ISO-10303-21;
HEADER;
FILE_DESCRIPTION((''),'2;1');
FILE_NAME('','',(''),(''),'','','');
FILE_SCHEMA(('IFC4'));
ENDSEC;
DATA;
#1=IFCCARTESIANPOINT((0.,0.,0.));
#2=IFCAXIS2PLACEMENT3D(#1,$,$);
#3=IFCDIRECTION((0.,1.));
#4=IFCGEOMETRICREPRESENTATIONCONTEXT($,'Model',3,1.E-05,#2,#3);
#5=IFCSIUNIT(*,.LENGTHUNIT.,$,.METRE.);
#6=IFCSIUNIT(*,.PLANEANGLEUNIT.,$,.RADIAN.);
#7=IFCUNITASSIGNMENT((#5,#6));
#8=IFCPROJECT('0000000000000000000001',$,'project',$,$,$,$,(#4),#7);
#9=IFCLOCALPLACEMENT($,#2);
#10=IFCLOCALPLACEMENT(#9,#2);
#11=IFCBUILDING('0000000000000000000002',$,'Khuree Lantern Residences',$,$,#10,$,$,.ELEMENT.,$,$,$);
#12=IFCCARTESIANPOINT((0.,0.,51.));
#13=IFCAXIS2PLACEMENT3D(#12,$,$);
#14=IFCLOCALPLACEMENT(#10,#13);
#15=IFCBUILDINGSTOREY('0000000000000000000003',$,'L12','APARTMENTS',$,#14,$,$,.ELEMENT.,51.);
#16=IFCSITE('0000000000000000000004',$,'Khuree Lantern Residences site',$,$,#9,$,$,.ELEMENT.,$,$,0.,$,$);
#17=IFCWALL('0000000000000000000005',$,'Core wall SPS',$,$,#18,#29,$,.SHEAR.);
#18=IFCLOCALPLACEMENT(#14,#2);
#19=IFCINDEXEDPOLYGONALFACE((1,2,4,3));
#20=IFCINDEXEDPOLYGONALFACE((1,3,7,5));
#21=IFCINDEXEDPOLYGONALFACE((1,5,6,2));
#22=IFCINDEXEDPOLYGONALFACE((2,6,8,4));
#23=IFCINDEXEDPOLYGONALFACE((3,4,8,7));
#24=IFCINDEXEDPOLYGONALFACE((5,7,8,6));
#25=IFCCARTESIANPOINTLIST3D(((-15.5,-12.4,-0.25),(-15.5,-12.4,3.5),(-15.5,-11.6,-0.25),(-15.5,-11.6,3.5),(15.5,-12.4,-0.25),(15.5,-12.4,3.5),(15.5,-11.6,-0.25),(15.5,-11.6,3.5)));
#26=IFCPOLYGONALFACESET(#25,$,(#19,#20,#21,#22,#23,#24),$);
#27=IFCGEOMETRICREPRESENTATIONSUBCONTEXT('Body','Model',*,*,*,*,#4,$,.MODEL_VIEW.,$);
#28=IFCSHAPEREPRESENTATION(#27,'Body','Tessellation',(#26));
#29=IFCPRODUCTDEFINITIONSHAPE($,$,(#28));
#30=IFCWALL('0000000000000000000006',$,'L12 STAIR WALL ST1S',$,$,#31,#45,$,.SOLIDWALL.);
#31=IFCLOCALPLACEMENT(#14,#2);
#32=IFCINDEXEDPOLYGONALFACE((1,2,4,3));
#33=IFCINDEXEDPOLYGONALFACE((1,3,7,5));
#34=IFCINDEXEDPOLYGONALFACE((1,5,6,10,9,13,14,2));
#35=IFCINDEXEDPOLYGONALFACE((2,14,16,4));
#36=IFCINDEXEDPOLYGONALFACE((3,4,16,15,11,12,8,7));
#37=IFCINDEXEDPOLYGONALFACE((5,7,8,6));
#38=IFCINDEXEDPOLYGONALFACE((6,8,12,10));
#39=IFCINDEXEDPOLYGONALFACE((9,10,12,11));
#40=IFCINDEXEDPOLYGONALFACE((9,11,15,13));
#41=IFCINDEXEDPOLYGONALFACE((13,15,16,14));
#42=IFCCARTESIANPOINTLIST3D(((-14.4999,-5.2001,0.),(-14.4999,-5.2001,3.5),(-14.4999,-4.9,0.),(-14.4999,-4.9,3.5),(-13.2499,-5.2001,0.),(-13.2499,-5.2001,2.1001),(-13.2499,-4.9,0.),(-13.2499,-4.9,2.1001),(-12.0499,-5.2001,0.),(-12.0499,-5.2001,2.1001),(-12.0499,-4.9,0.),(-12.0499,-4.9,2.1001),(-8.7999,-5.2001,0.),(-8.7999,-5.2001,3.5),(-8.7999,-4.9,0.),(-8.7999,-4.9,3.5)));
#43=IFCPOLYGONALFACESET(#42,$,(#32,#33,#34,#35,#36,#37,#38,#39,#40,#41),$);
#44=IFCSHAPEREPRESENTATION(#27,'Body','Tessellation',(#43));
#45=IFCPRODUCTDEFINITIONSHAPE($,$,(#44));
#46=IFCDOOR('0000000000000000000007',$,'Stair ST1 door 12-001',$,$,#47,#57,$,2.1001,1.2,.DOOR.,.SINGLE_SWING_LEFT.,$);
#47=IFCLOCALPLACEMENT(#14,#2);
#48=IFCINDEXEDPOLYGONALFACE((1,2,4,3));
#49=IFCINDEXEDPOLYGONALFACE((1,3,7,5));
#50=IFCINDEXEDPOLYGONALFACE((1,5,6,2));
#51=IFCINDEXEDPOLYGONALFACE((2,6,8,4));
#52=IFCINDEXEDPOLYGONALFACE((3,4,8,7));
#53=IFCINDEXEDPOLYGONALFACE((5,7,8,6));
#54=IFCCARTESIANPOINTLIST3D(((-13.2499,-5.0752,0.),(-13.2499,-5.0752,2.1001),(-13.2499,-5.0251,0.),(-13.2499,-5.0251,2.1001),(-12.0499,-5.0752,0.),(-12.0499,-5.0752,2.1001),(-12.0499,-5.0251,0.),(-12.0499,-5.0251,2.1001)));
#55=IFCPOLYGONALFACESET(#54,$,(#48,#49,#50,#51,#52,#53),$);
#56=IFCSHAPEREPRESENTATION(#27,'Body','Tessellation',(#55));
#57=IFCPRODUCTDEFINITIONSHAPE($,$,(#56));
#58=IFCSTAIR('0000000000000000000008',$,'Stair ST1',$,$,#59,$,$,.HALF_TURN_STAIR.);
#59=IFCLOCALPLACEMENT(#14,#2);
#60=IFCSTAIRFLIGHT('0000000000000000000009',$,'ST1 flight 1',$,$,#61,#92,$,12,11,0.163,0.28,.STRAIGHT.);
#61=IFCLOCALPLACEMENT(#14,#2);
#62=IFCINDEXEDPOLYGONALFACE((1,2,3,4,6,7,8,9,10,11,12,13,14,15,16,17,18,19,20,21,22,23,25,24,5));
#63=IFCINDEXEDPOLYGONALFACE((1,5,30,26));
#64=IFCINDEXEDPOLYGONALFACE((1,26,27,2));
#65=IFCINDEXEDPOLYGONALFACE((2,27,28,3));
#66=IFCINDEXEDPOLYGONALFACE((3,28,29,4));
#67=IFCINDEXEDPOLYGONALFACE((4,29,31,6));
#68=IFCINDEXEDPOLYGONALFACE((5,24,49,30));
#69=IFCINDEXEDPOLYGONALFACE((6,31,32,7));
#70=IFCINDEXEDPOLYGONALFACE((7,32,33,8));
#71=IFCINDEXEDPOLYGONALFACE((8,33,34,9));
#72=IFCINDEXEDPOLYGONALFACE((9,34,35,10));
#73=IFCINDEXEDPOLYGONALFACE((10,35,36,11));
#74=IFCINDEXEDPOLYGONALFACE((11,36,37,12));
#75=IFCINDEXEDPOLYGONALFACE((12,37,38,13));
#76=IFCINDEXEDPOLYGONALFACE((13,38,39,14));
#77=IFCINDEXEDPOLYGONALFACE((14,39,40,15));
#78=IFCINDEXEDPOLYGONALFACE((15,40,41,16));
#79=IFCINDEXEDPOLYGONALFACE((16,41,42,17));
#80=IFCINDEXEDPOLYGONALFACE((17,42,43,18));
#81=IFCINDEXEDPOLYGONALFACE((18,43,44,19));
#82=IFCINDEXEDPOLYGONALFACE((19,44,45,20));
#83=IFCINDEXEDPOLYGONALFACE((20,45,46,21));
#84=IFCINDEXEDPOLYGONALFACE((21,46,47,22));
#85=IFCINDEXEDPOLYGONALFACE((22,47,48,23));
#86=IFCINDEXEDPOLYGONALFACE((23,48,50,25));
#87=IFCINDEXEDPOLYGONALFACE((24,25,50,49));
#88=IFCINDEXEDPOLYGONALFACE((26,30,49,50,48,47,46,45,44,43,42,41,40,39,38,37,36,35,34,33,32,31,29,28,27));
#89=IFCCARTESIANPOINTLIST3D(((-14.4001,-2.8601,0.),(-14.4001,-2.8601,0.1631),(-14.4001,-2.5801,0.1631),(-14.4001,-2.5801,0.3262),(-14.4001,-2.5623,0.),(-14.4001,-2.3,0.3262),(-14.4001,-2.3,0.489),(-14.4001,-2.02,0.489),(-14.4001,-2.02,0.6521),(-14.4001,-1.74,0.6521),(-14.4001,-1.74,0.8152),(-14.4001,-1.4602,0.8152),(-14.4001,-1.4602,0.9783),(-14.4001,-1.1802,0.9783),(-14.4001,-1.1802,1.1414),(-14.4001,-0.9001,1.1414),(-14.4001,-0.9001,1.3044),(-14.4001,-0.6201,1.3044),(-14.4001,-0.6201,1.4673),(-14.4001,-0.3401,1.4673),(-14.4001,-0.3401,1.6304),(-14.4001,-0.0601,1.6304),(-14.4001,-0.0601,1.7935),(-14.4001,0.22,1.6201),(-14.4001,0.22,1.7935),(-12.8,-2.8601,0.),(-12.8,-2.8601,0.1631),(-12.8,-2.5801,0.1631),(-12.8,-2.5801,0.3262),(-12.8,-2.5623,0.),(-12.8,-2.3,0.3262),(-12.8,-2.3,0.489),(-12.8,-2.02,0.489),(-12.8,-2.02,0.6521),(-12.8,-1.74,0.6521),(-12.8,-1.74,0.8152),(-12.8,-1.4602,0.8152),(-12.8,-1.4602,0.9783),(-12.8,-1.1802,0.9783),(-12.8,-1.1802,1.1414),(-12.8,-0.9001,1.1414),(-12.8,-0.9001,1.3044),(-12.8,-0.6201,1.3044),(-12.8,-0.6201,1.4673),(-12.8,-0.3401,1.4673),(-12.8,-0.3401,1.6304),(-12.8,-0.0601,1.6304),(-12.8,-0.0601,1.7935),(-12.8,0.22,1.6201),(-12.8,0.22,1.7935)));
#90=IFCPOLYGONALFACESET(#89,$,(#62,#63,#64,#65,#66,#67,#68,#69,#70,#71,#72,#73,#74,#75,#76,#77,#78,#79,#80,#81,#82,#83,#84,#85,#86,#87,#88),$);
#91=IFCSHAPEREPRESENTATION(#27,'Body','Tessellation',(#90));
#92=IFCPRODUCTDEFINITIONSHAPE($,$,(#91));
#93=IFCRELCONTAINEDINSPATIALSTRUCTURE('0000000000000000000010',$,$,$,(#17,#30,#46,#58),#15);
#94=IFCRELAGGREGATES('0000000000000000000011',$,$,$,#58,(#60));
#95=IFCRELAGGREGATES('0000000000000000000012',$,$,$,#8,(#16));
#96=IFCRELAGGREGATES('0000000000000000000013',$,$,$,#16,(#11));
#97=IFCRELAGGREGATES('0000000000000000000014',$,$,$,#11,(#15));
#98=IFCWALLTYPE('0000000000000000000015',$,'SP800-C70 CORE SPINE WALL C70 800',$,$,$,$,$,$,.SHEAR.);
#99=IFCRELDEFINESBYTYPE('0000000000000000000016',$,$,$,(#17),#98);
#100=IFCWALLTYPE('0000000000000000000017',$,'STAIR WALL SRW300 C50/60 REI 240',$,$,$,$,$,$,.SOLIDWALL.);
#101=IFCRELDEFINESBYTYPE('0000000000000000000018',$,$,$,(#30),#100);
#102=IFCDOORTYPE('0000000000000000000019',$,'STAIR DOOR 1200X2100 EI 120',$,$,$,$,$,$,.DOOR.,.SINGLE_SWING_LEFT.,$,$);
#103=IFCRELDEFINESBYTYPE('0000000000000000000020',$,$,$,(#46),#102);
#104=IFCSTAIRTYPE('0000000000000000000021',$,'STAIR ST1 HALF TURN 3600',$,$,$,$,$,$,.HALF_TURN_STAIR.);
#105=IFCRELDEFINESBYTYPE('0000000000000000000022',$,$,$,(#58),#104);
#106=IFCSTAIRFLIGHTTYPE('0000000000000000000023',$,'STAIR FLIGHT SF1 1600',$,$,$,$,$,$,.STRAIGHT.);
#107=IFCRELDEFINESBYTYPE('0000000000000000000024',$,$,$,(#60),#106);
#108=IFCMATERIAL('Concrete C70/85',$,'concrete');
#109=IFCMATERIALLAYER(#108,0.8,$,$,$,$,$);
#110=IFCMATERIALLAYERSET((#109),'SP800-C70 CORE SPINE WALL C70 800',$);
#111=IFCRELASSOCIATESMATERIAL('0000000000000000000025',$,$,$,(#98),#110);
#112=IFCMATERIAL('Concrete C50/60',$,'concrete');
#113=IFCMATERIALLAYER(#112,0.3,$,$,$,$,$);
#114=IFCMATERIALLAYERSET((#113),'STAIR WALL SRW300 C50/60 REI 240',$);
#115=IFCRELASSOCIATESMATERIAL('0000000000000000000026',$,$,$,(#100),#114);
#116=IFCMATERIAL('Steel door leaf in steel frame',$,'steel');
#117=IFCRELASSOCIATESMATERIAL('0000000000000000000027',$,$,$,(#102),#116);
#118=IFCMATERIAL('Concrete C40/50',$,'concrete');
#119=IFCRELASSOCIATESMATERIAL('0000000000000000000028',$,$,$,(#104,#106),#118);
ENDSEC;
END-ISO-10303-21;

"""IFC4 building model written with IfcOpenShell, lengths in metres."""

from ifc_helpers import new_model, si_unit, direction, frame, frame_2d, origin, place, context, subcontext, project, spatial, polyline, rectangle, outline, extrude, material, layer, layer_set, type_object, element, fill, aggregate, save


model = new_model("IFC4")

# Units and contexts
model_context = context("Model", 3, precision=1e-05, world=origin(), true_north=direction((0.0, 1.0)))
body_context = subcontext(model_context, "Body", "Model", "MODEL_VIEW")
ifc_project = project(units=[si_unit("LENGTHUNIT", "METRE"), si_unit("PLANEANGLEUNIT", "RADIAN")], contexts=[model_context])

# Site, building, storey
site_placement = place(None, origin())
site = spatial("IfcSite", under=ifc_project, at=site_placement, Name="Khuree Lantern Residences site", CompositionType="ELEMENT", RefElevation=0.0)
building_placement = place(site_placement, origin())
building = spatial("IfcBuilding", under=site, at=building_placement, Name="Khuree Lantern Residences", CompositionType="ELEMENT")
storey_placement = place(building_placement, frame((0.0, 0.0, 51.0)))
storey = spatial("IfcBuildingStorey", under=building, at=storey_placement, Name="L12", Description="APARTMENTS", CompositionType="ELEMENT", Elevation=51.0)

# Shared definitions
ifc_material_1 = material(Name="Concrete C70/85", Category="concrete")
ifc_material_2 = material(Name="Steel door leaf in steel frame", Category="steel")

# Wall
ifc_layer_1 = layer(ifc_material_1, 0.8)
ifc_layer_set_1 = layer_set([ifc_layer_1], Name="SP800-C70 CORE SPINE WALL C70 800")
wall_type_1 = type_object("IfcWallType", Name="SP800-C70 CORE SPINE WALL C70 800", PredefinedType="SHEAR", material=ifc_layer_set_1)
wall_1_placement = place(storey_placement, frame((-15.5, -12.0, -0.25), z_axis=(0.0, 0.0, 1.0), x_axis=(1.0, 0.0, 0.0)))
element("IfcWall", 1, at=wall_1_placement, inside=storey, type_object=wall_type_1, Name="Core wall SPS", PredefinedType="SHEAR", context=body_context, shape_type="SweptSolid", body=[
    extrude(rectangle(XDim=31.0, YDim=0.8, at=frame_2d((15.5, 0.0))), origin(), (0.0, 0.0, 1.0), 3.75),
])

# Wall, opening, door
ifc_material_3 = material(Name="Concrete C50/60", Category="concrete")
ifc_layer_2 = layer(ifc_material_3, 0.3)
ifc_layer_set_2 = layer_set([ifc_layer_2], Name="STAIR WALL SRW300 C50/60 REI 240")
wall_type_2 = type_object("IfcWallType", Name="STAIR WALL SRW300 C50/60 REI 240", PredefinedType="SOLIDWALL", material=ifc_layer_set_2)
wall_2_placement = place(storey_placement, frame((-14.5, -5.05, 0.0), z_axis=(0.0, 0.0, 1.0), x_axis=(1.0, 0.0, 0.0)))
wall_2 = element("IfcWall", 2, at=wall_2_placement, inside=storey, type_object=wall_type_2, Name="L12 STAIR WALL ST1S", PredefinedType="SOLIDWALL", context=body_context, shape_type="SweptSolid", body=[
    extrude(rectangle(XDim=5.7, YDim=0.3, at=frame_2d((2.8501, 0.0))), origin(), (0.0, 0.0, 1.0), 3.5),
])
opening_1_placement = place(wall_2_placement, frame((1.25, 0.0, 0.0)))
opening_1 = element("IfcOpeningElement", 3, at=opening_1_placement, cuts=wall_2, PredefinedType="OPENING", context=body_context, shape_type="SweptSolid", body=[
    extrude(rectangle(XDim=1.2, YDim=2.1001, at=frame_2d((0.6001, 1.05))), frame((0.0, 0.1602, 0.0), z_axis=(0.0, -1.0, 0.0), x_axis=(1.0, 0.0, 0.0)), (0.0, 0.0, 1.0), 0.3201),
])
door_type_1 = type_object("IfcDoorType", Name="STAIR DOOR 1200X2100 EI 120", OperationType="SINGLE_SWING_LEFT", PredefinedType="DOOR", material=ifc_material_2)
door_1_placement = place(opening_1_placement, origin())
door_1 = element("IfcDoor", 4, at=door_1_placement, inside=storey, type_object=door_type_1, Name="Stair ST1 door 12-001", OperationType="SINGLE_SWING_LEFT", OverallHeight=2.1001, OverallWidth=1.2, PredefinedType="DOOR", context=body_context, shape_type="SweptSolid", body=[
    extrude(rectangle(XDim=1.2, YDim=2.1001, at=frame_2d((0.6001, 1.05))), frame((0.0, 0.0249, 0.0), z_axis=(0.0, -1.0, 0.0), x_axis=(1.0, 0.0, 0.0)), (0.0, 0.0, 1.0), 0.05),
])
fill(opening_1, door_1)

# Stair, stair flight
ifc_material_4 = material(Name="Concrete C40/50", Category="concrete")
stair_type = type_object("IfcStairType", Name="STAIR ST1 HALF TURN 3600", PredefinedType="HALF_TURN_STAIR", material=ifc_material_4)
stair_placement = place(storey_placement, origin())
stair = element("IfcStair", 5, at=stair_placement, inside=storey, type_object=stair_type, Name="Stair ST1", PredefinedType="HALF_TURN_STAIR")
stair_flight_type = type_object("IfcStairFlightType", Name="STAIR FLIGHT SF1 1600", PredefinedType="STRAIGHT", material=ifc_material_4)
stair_flight_placement = place(storey_placement, frame((-13.6001, -2.8601, 0.0), z_axis=(0.0, 0.0, 1.0), x_axis=(0.0, 1.0, 0.0)))
stair_flight = element("IfcStairFlight", 6, at=stair_flight_placement, type_object=stair_flight_type, Name="ST1 flight 1", NumberOfRisers=12, NumberOfTreads=11, PredefinedType="STRAIGHT", RiserHeight=0.163, TreadLength=0.28, context=body_context, shape_type="SweptSolid", body=[
    extrude(outline(polyline([(0.0, 0.0), (0.0, 0.1631), (0.28, 0.1631), (0.28, 0.3262), (0.5601, 0.3262), (0.5601, 0.489), (0.8401, 0.489), (0.8401, 0.6521), (1.1201, 0.6521), (1.1201, 0.8152), (1.3999, 0.8152), (1.3999, 0.9783), (1.6799, 0.9783), (1.6799, 1.1414), (1.96, 1.1414), (1.96, 1.3044), (2.24, 1.3044), (2.24, 1.4673), (2.52, 1.4673), (2.52, 1.6304), (2.8, 1.6304), (2.8, 1.7935), (3.0801, 1.7935), (3.0801, 1.9565), (3.0801, 1.6201), (0.2979, 0.0), (0.0, 0.0)])), frame((0.0, 0.8, 0.0), z_axis=(0.0, -1.0, 0.0), x_axis=(1.0, 0.0, 0.0)), (0.0, 0.0, 1.0), 1.6001),
])
aggregate(stair, [stair_flight])

save(model, "model.ifc")
